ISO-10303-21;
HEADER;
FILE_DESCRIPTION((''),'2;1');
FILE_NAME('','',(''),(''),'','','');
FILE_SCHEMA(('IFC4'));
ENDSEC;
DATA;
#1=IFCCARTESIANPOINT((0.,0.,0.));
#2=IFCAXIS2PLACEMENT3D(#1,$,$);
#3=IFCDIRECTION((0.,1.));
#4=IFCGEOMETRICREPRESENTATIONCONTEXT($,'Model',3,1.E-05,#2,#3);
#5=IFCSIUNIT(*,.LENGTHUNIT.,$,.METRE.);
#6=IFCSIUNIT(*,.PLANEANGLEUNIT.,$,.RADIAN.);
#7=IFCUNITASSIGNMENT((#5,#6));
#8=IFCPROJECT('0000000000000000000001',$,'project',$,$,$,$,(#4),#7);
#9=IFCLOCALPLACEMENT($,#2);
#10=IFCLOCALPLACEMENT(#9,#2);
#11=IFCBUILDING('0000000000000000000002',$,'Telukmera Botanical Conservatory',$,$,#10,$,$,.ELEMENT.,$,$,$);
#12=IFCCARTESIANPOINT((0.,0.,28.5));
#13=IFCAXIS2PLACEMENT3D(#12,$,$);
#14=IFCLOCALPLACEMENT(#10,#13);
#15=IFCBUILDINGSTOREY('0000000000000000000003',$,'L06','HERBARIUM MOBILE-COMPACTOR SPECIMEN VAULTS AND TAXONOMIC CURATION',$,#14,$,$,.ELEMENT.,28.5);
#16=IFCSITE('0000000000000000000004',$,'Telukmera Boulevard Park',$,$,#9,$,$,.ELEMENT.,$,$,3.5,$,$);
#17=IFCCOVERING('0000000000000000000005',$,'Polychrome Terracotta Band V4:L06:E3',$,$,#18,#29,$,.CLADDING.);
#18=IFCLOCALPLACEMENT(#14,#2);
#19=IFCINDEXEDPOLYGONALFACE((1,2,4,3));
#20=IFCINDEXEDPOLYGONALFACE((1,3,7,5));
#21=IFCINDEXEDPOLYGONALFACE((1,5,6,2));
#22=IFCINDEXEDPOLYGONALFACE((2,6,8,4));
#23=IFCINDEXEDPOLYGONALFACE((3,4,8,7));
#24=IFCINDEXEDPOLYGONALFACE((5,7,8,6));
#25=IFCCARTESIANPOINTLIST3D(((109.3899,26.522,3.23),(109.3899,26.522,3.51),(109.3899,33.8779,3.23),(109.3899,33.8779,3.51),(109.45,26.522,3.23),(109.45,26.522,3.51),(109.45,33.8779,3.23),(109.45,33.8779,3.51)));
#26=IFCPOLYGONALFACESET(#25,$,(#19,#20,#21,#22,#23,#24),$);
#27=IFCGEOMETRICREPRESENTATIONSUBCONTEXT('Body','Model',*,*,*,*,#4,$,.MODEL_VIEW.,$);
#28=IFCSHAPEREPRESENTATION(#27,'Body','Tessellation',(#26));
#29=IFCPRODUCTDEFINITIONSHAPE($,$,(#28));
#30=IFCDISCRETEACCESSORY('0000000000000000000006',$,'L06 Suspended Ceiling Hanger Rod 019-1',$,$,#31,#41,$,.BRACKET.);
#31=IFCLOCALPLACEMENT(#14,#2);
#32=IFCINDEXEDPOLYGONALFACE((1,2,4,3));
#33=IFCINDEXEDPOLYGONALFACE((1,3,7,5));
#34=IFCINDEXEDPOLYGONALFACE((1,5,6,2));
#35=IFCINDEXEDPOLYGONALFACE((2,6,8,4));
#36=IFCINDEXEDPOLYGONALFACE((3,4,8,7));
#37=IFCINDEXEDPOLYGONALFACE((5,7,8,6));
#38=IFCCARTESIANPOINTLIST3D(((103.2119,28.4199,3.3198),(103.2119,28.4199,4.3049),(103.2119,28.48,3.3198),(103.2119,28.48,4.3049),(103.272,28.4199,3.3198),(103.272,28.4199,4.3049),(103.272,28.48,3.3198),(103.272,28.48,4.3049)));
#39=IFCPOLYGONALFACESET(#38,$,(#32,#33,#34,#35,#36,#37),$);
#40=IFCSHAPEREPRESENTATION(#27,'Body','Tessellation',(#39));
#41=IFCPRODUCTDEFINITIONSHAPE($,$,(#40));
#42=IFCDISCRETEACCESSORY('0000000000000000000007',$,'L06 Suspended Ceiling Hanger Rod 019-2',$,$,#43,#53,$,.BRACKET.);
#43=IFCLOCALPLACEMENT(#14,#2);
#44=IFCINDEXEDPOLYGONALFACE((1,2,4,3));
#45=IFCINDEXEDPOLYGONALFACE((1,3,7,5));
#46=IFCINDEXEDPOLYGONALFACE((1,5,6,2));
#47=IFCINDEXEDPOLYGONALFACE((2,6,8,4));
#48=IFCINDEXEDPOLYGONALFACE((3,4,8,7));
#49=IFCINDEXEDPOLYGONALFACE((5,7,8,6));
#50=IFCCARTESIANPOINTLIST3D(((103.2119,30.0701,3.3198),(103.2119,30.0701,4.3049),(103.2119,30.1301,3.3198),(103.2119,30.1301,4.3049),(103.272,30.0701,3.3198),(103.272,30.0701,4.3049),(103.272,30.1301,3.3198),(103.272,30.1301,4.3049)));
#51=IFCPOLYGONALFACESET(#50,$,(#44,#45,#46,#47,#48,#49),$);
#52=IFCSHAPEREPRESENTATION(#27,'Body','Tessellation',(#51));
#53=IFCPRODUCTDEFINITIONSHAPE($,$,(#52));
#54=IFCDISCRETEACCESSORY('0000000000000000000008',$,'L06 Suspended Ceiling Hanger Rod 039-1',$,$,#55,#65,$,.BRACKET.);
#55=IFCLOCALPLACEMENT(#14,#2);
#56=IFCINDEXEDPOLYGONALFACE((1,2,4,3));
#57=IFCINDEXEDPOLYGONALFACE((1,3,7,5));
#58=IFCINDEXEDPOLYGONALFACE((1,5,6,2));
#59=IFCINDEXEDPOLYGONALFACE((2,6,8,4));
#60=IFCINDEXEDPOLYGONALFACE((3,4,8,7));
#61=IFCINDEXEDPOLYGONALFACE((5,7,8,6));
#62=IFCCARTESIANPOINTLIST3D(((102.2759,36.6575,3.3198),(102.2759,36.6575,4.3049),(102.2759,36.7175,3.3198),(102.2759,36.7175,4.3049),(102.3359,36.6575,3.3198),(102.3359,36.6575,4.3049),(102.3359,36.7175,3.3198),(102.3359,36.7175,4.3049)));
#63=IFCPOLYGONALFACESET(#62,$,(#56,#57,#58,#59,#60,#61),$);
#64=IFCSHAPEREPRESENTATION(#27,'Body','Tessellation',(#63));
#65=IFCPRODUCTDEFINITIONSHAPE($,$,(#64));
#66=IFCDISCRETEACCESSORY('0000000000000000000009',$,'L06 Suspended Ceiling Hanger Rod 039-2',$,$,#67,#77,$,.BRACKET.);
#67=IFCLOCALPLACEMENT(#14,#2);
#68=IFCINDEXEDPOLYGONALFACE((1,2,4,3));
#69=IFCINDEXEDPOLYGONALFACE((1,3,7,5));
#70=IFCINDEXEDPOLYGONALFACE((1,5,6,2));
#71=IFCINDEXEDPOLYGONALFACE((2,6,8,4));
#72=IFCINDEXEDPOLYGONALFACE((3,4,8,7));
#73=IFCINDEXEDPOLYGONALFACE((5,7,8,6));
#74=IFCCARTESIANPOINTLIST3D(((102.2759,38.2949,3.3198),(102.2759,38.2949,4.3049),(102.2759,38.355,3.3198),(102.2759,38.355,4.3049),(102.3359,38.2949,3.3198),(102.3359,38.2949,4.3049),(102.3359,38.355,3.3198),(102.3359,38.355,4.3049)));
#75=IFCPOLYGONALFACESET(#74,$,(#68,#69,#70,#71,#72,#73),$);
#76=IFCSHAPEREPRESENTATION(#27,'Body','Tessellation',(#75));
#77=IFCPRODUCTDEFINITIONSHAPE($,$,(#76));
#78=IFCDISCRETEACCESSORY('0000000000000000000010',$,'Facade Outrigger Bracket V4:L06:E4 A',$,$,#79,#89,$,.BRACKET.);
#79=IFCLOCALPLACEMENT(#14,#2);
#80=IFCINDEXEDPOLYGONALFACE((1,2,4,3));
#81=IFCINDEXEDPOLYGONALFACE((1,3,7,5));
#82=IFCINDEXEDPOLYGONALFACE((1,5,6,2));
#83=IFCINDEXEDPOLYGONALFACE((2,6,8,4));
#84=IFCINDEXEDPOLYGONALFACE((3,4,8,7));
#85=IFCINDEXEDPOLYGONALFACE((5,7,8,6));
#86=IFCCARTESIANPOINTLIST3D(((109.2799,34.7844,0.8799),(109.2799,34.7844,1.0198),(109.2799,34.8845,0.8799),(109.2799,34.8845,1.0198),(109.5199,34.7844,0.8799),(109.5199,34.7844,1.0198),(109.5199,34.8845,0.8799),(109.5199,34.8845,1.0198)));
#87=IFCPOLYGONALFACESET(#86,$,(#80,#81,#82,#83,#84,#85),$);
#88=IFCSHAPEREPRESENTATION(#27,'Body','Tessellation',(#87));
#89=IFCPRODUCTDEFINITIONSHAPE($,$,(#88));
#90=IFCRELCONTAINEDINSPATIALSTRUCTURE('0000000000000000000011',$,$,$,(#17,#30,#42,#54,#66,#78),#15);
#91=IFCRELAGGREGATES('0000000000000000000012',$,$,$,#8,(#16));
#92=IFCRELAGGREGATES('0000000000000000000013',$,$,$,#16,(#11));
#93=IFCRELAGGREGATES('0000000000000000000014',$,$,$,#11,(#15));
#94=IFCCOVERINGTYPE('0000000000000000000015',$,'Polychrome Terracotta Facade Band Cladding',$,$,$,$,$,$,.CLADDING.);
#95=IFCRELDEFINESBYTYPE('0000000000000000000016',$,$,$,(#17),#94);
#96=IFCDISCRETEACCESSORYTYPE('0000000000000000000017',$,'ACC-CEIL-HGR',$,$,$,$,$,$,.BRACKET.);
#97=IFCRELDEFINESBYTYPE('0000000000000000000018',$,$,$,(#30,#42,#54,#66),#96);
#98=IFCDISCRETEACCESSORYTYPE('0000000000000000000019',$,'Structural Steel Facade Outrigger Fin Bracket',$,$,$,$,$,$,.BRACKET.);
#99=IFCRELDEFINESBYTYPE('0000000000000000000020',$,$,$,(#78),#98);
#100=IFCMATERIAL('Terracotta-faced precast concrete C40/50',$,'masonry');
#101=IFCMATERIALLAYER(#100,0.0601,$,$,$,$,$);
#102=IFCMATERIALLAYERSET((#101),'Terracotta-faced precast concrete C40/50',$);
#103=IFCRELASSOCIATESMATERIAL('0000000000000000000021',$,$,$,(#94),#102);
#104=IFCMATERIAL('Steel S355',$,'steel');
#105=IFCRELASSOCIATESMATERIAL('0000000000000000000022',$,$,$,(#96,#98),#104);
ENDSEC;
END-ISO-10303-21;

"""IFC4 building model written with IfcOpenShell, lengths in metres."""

from ifc_helpers import new_model, si_unit, direction, frame, origin, origin_2d, place, context, subcontext, project, spatial, rectangle, extrude, material, layer, layer_set, type_object, element, save


model = new_model("IFC4")

# Units and contexts
model_context = context("Model", 3, precision=1e-05, world=origin(), true_north=direction((0.0, 1.0)))
body_context = subcontext(model_context, "Body", "Model", "MODEL_VIEW")
ifc_project = project(units=[si_unit("LENGTHUNIT", "METRE"), si_unit("PLANEANGLEUNIT", "RADIAN")], contexts=[model_context])

# Site, building, storey
site_placement = place(None, origin())
site = spatial("IfcSite", under=ifc_project, at=site_placement, Name="Telukmera Boulevard Park", CompositionType="ELEMENT", RefElevation=3.5)
building_placement = place(site_placement, origin())
building = spatial("IfcBuilding", under=site, at=building_placement, Name="Telukmera Botanical Conservatory", CompositionType="ELEMENT")
storey_placement = place(building_placement, frame((0.0, 0.0, 28.5)))
storey = spatial("IfcBuildingStorey", under=building, at=storey_placement, Name="L06", Description="HERBARIUM MOBILE-COMPACTOR SPECIMEN VAULTS AND TAXONOMIC CURATION", CompositionType="ELEMENT", Elevation=28.5)

# Shared definitions
ifc_material_1 = material(Name="Terracotta-faced precast concrete C40/50", Category="masonry")

# Covering
ifc_layer_1 = layer(ifc_material_1, 0.0601)
ifc_layer_set_1 = layer_set([ifc_layer_1], Name="Terracotta-faced precast concrete C40/50")
covering_type_1 = type_object("IfcCoveringType", Name="Polychrome Terracotta Facade Band Cladding", PredefinedType="CLADDING", material=ifc_layer_set_1)
covering_placement = place(storey_placement, frame((109.4199, 30.2, 3.23), z_axis=(0.0, 0.0, 1.0), x_axis=(0.0, 1.0, 0.0)))
element("IfcCovering", 1, at=covering_placement, inside=storey, type_object=covering_type_1, Name="Polychrome Terracotta Band V4:L06:E3", PredefinedType="CLADDING", context=body_context, shape_type="SweptSolid", body=[
    extrude(rectangle(XDim=7.356, YDim=0.0601, at=origin_2d()), origin(), (0.0, 0.0, 1.0), 0.28),
])

# Discrete accessories
ifc_material_2 = material(Name="Steel S355", Category="steel")
discrete_accessory_type_1 = type_object("IfcDiscreteAccessoryType", Name="ACC-CEIL-HGR", PredefinedType="BRACKET", material=ifc_material_2)
for number, where, z_axis, x_axis, name in (
    (2, (103.2419, 28.45, 3.3198), (0.0, 0.0, 1.0), (1.0, 0.0, 0.0), "L06 Suspended Ceiling Hanger Rod 019-1"),
    (3, (103.2419, 30.1001, 3.3198), (0.0, 0.0, 1.0), (1.0, 0.0, 0.0), "L06 Suspended Ceiling Hanger Rod 019-2"),
    (4, (102.3059, 36.6875, 3.3198), (0.0, 0.0, 1.0), (1.0, 0.0, 0.0), "L06 Suspended Ceiling Hanger Rod 039-1"),
    (5, (102.3059, 38.325, 3.3198), (0.0, 0.0, 1.0), (1.0, 0.0, 0.0), "L06 Suspended Ceiling Hanger Rod 039-2"),
):
    element("IfcDiscreteAccessory", number, at=place(storey_placement, frame(where, z_axis=z_axis, x_axis=x_axis)), inside=storey, type_object=discrete_accessory_type_1, Name=name, PredefinedType="BRACKET", context=body_context, shape_type="SweptSolid", body=[
        extrude(rectangle(XDim=0.0601, YDim=0.0601, at=origin_2d()), origin(), (0.0, 0.0, 1.0), 0.9851),
    ])
discrete_accessory_type_2 = type_object("IfcDiscreteAccessoryType", Name="Structural Steel Facade Outrigger Fin Bracket", PredefinedType="BRACKET", material=ifc_material_2)
discrete_accessory_placement = place(storey_placement, frame((109.3999, 34.8345, 0.8799), z_axis=(0.0, 0.0, 1.0), x_axis=(0.0, 1.0, 0.0)))
element("IfcDiscreteAccessory", 6, at=discrete_accessory_placement, inside=storey, type_object=discrete_accessory_type_2, Name="Facade Outrigger Bracket V4:L06:E4 A", PredefinedType="BRACKET", context=body_context, shape_type="SweptSolid", body=[
    extrude(rectangle(XDim=0.1001, YDim=0.24, at=origin_2d()), origin(), (0.0, 0.0, 1.0), 0.1399),
])

save(model, "model.ifc")
